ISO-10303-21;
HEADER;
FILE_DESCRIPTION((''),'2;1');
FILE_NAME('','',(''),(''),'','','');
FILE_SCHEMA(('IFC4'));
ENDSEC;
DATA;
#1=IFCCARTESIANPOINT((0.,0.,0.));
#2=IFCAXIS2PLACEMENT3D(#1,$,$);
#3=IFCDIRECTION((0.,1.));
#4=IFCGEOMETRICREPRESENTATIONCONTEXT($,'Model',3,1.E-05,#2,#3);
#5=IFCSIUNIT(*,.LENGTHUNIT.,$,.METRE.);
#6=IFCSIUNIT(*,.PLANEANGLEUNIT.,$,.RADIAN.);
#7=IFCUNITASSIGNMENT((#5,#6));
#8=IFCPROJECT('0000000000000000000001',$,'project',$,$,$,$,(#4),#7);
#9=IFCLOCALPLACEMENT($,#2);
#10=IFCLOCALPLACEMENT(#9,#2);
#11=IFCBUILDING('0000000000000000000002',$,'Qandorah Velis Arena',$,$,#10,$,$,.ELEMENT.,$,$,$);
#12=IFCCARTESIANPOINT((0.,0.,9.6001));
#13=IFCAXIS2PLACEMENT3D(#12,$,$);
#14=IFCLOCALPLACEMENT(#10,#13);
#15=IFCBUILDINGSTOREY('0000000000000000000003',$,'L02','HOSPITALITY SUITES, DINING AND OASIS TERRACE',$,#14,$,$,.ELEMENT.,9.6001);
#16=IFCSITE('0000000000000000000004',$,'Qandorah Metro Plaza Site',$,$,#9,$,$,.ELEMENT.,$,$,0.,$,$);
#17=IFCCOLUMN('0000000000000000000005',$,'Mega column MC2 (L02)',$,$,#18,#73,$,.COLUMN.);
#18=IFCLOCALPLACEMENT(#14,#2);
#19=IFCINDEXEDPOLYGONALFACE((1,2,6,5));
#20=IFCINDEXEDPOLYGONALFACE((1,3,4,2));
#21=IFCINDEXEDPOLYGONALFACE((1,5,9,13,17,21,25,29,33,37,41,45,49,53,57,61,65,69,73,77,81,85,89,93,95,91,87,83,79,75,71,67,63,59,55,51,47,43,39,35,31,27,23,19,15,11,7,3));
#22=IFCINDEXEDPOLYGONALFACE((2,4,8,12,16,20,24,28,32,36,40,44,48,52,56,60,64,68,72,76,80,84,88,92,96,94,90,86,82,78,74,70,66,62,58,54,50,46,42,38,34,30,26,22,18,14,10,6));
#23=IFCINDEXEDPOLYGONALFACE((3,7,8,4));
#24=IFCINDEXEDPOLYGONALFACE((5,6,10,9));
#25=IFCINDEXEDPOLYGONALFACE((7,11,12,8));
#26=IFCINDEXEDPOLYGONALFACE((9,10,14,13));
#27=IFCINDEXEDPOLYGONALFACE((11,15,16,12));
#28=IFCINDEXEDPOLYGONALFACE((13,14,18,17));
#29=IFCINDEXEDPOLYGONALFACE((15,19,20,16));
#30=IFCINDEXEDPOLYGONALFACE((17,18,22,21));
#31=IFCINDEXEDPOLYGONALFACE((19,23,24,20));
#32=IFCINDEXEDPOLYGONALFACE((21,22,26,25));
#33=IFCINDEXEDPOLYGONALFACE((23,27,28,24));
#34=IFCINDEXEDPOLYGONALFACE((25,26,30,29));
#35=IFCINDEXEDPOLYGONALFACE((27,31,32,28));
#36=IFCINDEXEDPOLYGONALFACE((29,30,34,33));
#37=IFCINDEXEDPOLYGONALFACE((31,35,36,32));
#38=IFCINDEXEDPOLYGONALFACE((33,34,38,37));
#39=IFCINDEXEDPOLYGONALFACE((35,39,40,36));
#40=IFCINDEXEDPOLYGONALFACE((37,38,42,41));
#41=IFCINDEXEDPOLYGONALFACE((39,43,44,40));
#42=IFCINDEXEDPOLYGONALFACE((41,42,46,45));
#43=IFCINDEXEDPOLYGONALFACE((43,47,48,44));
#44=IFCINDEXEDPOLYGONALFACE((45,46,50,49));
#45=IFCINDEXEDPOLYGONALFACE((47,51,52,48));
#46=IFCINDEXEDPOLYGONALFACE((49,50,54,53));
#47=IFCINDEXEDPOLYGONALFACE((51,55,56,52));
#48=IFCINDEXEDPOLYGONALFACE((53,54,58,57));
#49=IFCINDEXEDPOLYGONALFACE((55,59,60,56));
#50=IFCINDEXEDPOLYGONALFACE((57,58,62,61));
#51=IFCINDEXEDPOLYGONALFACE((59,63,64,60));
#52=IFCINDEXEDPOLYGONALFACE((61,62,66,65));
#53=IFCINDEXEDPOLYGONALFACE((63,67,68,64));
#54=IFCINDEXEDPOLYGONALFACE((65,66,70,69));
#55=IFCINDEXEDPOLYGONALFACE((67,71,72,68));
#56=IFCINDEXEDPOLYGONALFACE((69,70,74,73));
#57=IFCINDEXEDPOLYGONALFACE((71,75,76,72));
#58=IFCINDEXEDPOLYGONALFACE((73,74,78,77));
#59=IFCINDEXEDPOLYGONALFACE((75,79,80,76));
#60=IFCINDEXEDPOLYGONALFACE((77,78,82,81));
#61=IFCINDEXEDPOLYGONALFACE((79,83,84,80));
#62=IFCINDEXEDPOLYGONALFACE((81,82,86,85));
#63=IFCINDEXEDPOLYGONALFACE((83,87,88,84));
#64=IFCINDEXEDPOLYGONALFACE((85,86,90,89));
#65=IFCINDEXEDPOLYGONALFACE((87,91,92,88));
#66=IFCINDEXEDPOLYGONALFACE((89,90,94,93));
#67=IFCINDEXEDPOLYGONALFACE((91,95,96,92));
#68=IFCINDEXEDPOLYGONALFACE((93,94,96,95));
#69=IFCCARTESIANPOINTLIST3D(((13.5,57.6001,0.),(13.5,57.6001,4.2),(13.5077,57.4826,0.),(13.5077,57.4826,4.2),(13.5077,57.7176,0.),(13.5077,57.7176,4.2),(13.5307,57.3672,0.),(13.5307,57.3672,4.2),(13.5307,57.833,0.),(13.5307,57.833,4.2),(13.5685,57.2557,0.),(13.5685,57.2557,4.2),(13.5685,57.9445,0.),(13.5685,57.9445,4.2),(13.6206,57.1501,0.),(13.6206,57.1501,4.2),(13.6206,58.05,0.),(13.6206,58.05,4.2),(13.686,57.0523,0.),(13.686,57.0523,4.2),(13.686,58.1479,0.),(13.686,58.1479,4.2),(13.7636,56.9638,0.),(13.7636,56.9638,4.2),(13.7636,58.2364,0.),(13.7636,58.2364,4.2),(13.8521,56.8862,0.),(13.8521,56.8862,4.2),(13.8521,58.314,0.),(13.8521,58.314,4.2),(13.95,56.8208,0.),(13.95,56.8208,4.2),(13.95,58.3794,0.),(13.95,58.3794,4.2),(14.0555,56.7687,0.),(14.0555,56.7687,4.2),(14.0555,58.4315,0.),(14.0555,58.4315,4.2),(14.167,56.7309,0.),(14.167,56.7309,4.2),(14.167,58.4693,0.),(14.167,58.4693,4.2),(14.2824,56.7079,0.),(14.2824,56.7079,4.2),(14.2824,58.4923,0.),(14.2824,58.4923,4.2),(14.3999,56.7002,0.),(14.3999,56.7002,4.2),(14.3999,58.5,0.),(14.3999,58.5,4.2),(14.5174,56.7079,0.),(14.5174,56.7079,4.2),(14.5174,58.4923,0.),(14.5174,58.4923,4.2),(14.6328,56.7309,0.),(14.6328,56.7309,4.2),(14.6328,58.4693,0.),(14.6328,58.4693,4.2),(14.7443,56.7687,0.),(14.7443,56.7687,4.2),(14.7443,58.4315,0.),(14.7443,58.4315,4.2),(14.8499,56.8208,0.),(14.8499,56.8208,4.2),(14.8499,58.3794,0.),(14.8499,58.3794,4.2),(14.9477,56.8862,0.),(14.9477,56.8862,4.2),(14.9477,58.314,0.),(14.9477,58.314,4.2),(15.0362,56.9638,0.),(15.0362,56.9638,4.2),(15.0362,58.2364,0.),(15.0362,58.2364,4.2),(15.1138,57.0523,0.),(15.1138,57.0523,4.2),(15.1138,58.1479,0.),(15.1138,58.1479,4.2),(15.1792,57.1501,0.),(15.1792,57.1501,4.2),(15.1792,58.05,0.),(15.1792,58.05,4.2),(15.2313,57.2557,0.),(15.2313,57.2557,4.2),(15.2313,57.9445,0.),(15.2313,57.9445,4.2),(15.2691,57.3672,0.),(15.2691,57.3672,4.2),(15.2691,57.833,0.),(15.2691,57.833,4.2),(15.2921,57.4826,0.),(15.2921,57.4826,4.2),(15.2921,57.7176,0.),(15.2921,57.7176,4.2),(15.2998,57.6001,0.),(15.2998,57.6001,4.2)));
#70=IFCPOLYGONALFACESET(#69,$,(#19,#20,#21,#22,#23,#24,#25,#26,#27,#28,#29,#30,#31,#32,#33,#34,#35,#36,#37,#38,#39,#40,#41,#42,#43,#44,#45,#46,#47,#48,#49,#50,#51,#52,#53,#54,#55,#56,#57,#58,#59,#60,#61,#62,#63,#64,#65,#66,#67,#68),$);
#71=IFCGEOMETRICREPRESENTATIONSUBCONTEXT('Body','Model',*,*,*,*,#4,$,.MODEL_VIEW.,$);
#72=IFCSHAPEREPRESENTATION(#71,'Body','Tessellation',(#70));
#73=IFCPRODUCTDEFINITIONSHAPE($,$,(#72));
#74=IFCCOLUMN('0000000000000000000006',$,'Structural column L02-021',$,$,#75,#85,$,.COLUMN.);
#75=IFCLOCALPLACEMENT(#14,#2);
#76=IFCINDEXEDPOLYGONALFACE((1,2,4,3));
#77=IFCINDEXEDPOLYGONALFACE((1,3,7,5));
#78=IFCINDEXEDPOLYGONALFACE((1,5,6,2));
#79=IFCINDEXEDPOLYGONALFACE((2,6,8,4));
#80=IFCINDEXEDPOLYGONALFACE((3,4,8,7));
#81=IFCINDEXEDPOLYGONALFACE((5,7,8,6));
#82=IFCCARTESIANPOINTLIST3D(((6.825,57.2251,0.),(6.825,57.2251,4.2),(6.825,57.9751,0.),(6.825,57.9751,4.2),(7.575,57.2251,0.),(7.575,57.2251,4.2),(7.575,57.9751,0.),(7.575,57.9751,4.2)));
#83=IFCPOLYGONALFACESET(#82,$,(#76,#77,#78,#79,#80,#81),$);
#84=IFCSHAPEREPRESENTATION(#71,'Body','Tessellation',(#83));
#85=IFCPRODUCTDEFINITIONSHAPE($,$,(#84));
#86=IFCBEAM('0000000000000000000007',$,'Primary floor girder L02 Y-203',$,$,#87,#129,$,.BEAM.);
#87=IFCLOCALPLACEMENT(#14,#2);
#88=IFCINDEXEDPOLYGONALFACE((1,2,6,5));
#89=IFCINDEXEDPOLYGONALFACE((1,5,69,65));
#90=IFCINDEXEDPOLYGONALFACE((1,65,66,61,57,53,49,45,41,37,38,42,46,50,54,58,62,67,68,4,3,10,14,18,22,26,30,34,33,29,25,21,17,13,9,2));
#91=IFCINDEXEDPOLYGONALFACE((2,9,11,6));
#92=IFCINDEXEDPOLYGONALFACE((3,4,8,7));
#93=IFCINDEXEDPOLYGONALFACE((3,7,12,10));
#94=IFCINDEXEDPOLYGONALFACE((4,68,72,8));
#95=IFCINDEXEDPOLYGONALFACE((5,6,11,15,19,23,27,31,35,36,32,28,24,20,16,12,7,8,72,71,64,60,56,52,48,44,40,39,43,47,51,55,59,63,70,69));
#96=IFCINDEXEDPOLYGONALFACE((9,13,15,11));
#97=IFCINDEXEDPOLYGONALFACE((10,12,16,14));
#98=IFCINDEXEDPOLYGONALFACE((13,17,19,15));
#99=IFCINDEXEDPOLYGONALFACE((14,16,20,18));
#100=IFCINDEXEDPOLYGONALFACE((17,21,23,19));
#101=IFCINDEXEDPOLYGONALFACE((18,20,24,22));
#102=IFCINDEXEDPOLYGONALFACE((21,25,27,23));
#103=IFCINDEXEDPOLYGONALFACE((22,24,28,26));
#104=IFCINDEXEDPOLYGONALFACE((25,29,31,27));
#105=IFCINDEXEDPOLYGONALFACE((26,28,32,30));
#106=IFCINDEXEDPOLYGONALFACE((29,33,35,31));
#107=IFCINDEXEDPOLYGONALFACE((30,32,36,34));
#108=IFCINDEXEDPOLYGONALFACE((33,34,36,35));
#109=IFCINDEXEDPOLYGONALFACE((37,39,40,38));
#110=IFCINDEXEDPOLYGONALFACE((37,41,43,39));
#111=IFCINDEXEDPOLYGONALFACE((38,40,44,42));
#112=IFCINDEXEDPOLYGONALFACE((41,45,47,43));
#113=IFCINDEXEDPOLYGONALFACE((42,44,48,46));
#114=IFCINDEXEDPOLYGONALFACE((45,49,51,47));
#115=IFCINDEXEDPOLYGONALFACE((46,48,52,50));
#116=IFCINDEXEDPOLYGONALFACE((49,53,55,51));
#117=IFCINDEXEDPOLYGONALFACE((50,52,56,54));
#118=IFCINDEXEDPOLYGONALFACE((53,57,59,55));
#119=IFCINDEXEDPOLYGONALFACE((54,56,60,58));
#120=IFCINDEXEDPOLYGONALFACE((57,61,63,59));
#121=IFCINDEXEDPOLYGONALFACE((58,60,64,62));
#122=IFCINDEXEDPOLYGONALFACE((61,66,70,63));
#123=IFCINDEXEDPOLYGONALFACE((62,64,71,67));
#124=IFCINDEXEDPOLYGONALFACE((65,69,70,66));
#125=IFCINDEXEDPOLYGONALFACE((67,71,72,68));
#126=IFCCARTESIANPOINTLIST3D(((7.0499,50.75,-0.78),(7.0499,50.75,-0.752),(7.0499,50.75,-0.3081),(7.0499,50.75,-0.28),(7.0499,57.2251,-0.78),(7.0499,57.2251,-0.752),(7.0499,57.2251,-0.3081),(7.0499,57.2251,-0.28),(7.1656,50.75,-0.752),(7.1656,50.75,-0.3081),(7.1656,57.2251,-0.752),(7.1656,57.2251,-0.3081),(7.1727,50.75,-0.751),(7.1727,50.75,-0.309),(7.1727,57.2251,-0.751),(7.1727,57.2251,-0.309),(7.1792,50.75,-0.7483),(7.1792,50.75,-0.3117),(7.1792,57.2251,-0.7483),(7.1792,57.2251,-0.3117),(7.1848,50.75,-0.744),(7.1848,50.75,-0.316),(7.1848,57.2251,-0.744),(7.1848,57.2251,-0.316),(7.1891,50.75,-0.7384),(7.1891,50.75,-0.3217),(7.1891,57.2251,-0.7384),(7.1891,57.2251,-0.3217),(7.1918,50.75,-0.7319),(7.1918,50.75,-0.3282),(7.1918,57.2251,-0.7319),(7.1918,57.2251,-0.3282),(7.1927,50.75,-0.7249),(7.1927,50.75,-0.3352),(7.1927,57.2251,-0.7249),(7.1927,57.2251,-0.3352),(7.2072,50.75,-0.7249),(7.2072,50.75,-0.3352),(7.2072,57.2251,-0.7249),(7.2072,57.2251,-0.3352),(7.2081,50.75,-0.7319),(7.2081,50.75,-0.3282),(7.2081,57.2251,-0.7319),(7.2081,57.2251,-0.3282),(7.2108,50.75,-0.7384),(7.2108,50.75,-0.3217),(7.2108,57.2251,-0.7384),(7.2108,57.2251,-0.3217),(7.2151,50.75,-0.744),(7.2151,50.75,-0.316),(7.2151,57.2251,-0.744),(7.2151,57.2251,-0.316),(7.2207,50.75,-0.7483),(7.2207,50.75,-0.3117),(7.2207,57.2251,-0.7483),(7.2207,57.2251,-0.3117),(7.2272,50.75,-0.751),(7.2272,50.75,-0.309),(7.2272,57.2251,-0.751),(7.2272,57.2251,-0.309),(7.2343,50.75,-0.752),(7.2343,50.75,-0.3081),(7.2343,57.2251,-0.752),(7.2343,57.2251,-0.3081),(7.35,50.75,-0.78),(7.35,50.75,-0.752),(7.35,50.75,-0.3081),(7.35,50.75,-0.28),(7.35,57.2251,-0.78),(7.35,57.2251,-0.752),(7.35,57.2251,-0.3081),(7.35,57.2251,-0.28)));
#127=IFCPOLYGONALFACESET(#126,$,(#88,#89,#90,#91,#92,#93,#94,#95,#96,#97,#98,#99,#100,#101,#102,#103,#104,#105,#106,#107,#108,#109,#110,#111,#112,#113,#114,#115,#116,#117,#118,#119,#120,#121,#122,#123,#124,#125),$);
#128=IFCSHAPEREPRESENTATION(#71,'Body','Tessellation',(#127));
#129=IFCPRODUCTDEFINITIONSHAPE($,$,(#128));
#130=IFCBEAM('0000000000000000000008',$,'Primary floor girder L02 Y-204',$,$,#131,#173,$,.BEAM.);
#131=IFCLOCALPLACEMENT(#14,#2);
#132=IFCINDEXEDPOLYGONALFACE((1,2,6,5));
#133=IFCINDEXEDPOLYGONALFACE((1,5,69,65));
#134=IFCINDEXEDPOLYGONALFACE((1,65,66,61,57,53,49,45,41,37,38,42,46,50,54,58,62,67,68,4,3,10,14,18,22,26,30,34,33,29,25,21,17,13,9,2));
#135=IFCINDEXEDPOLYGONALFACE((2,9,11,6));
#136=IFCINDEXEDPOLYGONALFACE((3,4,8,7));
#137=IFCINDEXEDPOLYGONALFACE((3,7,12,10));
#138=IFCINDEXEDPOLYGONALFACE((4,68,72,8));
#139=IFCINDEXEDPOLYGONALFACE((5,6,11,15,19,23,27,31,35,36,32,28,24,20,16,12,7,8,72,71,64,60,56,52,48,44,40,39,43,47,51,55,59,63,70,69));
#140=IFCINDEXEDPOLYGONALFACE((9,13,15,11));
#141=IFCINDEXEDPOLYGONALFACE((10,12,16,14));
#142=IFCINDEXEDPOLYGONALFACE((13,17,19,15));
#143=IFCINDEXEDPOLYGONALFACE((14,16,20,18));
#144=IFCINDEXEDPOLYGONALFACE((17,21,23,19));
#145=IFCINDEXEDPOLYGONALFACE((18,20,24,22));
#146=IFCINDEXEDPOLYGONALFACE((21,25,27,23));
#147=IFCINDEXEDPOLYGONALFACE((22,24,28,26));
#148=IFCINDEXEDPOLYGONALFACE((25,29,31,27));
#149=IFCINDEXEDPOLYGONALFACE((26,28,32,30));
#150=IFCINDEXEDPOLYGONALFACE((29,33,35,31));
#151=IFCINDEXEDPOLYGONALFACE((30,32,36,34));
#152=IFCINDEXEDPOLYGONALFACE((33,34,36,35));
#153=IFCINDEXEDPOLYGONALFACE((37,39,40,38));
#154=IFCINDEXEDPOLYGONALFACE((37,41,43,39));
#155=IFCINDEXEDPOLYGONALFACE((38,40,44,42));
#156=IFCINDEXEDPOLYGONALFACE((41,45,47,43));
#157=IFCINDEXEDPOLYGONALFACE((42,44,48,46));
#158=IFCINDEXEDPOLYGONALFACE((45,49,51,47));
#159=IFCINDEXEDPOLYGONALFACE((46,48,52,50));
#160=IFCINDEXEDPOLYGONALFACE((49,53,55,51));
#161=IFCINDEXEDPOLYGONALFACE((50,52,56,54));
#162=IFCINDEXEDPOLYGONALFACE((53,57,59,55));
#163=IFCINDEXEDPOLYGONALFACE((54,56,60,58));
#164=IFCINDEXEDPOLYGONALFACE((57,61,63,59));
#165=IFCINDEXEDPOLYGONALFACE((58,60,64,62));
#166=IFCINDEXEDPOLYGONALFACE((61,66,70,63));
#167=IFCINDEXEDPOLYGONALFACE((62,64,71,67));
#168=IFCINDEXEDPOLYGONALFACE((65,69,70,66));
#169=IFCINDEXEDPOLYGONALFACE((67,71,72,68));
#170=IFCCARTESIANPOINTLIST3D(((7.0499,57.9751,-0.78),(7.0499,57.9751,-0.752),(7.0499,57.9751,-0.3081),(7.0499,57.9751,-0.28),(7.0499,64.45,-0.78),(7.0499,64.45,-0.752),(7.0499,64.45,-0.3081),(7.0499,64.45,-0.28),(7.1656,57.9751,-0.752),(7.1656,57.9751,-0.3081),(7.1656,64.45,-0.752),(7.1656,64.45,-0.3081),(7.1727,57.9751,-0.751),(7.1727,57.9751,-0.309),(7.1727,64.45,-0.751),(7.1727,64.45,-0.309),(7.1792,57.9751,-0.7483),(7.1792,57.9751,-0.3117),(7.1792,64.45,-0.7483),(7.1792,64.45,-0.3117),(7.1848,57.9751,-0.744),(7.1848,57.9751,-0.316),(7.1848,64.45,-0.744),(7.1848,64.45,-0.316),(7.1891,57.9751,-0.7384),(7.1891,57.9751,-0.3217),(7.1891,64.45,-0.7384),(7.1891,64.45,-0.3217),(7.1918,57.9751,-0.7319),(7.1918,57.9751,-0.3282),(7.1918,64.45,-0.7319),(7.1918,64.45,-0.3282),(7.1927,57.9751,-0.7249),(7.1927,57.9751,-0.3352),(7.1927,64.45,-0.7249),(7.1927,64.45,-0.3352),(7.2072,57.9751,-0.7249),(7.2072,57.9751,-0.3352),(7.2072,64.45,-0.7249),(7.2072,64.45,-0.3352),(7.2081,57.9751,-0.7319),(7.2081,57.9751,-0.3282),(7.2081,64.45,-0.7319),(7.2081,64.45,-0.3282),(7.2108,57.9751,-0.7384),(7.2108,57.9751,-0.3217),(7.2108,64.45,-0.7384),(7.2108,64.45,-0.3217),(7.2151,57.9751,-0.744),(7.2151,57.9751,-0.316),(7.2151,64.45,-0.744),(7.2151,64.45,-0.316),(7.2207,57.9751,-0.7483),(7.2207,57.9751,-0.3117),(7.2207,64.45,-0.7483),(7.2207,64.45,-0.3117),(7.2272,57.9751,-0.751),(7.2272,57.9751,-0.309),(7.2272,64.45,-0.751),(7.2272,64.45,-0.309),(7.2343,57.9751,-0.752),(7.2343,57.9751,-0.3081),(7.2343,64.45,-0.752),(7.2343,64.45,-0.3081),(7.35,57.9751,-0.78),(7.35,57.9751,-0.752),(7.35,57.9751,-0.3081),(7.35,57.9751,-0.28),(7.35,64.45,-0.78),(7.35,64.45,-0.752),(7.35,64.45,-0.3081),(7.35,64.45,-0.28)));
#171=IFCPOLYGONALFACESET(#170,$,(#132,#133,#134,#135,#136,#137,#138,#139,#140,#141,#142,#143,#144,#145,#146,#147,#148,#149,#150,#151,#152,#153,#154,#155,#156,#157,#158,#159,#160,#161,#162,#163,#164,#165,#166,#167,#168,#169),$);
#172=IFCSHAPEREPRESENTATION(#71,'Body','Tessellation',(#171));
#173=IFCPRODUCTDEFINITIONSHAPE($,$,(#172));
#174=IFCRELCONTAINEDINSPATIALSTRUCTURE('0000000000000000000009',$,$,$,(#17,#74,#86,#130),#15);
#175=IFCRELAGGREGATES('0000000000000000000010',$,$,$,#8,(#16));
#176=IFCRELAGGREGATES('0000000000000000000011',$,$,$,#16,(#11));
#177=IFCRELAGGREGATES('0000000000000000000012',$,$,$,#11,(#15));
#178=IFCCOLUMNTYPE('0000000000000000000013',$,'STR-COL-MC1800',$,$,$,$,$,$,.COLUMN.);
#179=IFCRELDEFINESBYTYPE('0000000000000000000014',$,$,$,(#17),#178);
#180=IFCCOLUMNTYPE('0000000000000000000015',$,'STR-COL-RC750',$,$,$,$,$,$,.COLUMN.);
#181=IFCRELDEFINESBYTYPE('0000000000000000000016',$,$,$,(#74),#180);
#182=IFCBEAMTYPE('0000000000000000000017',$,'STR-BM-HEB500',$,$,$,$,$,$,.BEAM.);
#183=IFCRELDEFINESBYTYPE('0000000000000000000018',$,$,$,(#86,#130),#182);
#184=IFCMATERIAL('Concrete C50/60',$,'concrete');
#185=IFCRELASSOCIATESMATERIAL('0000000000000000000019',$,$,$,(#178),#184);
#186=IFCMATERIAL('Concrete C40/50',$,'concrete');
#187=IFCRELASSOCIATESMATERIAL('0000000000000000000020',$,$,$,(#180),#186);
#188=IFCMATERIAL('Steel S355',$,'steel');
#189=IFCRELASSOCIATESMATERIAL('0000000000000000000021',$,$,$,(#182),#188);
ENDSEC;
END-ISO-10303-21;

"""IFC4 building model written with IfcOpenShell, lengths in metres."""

from ifc_helpers import new_model, si_unit, direction, frame, origin, origin_2d, place, context, subcontext, project, spatial, rectangle, circle, i_section, extrude, material, material_profile, profile_set, type_object, element, save


model = new_model("IFC4")

# Units and contexts
model_context = context("Model", 3, precision=1e-05, world=origin(), true_north=direction((0.0, 1.0)))
body_context = subcontext(model_context, "Body", "Model", "MODEL_VIEW")
ifc_project = project(units=[si_unit("LENGTHUNIT", "METRE"), si_unit("PLANEANGLEUNIT", "RADIAN")], contexts=[model_context])

# Site, building, storey
site_placement = place(None, origin())
site = spatial("IfcSite", under=ifc_project, at=site_placement, Name="Qandorah Metro Plaza Site", CompositionType="ELEMENT", RefElevation=0.0)
building_placement = place(site_placement, origin())
building = spatial("IfcBuilding", under=site, at=building_placement, Name="Qandorah Velis Arena", CompositionType="ELEMENT")
storey_placement = place(building_placement, frame((0.0, 0.0, 9.6001)))
storey = spatial("IfcBuildingStorey", under=building, at=storey_placement, Name="L02", Description="HOSPITALITY SUITES, DINING AND OASIS TERRACE", CompositionType="ELEMENT", Elevation=9.6001)

# Columns
ifc_material_1 = material(Name="Concrete C50/60", Category="concrete")
ifc_material_profile_1 = material_profile(ifc_material_1, circle(Radius=0.8999, at=origin_2d()), Name="MC D1800")
ifc_profile_set_1 = profile_set([ifc_material_profile_1], Name="Concrete C50/60")
column_type_1 = type_object("IfcColumnType", Name="STR-COL-MC1800", PredefinedType="COLUMN", material=ifc_profile_set_1)
column_1_placement = place(storey_placement, frame((14.3999, 57.6001, 0.0), z_axis=(0.0, 0.0, 1.0), x_axis=(1.0, 0.0, 0.0)))
element("IfcColumn", 1, at=column_1_placement, inside=storey, type_object=column_type_1, Name="Mega column MC2 (L02)", PredefinedType="COLUMN", context=body_context, shape_type="SweptSolid", body=[
    extrude(circle(Radius=0.8999, at=origin_2d()), origin(), (0.0, 0.0, 1.0), 4.2),
])
ifc_material_2 = material(Name="Concrete C40/50", Category="concrete")
ifc_material_profile_2 = material_profile(ifc_material_2, rectangle(XDim=0.75, YDim=0.75, at=origin_2d()), Name="RC COL 750x750")
ifc_profile_set_2 = profile_set([ifc_material_profile_2], Name="Concrete C40/50")
column_type_2 = type_object("IfcColumnType", Name="STR-COL-RC750", PredefinedType="COLUMN", material=ifc_profile_set_2)
column_2_placement = place(storey_placement, frame((7.2, 57.6001, 0.0), z_axis=(0.0, 0.0, 1.0), x_axis=(1.0, 0.0, 0.0)))
element("IfcColumn", 2, at=column_2_placement, inside=storey, type_object=column_type_2, Name="Structural column L02-021", PredefinedType="COLUMN", context=body_context, shape_type="SweptSolid", body=[
    extrude(rectangle(XDim=0.75, YDim=0.75, at=origin_2d()), origin(), (0.0, 0.0, 1.0), 4.2),
])

# Beams
ifc_material_3 = material(Name="Steel S355", Category="steel")
ifc_material_profile_3 = material_profile(ifc_material_3, i_section(OverallWidth=0.3, OverallDepth=0.5, WebThickness=0.0144, FlangeThickness=0.0281, FilletRadius=0.0271, at=origin_2d()), Name="HEB 500")
ifc_profile_set_3 = profile_set([ifc_material_profile_3], Name="Steel S355")
beam_type_1 = type_object("IfcBeamType", Name="STR-BM-HEB500", PredefinedType="BEAM", material=ifc_profile_set_3)
beam_1_placement = place(storey_placement, frame((7.2, 50.75, -0.53), z_axis=(0.0, 1.0, 0.0), x_axis=(-1.0, 0.0, 0.0)))
element("IfcBeam", 3, at=beam_1_placement, inside=storey, type_object=beam_type_1, Name="Primary floor girder L02 Y-203", PredefinedType="BEAM", context=body_context, shape_type="SweptSolid", body=[
    extrude(i_section(OverallWidth=0.3, OverallDepth=0.5, WebThickness=0.0144, FlangeThickness=0.0281, FilletRadius=0.0271, at=origin_2d()), origin(), (0.0, 0.0, 1.0), 6.4751),
])
beam_2_placement = place(storey_placement, frame((7.2, 57.9751, -0.53), z_axis=(0.0, 1.0, 0.0), x_axis=(-1.0, 0.0, 0.0)))
element("IfcBeam", 4, at=beam_2_placement, inside=storey, type_object=beam_type_1, Name="Primary floor girder L02 Y-204", PredefinedType="BEAM", context=body_context, shape_type="SweptSolid", body=[
    extrude(i_section(OverallWidth=0.3, OverallDepth=0.5, WebThickness=0.0144, FlangeThickness=0.0281, FilletRadius=0.0271, at=origin_2d()), origin(), (0.0, 0.0, 1.0), 6.4749),
])

save(model, "model.ifc")
